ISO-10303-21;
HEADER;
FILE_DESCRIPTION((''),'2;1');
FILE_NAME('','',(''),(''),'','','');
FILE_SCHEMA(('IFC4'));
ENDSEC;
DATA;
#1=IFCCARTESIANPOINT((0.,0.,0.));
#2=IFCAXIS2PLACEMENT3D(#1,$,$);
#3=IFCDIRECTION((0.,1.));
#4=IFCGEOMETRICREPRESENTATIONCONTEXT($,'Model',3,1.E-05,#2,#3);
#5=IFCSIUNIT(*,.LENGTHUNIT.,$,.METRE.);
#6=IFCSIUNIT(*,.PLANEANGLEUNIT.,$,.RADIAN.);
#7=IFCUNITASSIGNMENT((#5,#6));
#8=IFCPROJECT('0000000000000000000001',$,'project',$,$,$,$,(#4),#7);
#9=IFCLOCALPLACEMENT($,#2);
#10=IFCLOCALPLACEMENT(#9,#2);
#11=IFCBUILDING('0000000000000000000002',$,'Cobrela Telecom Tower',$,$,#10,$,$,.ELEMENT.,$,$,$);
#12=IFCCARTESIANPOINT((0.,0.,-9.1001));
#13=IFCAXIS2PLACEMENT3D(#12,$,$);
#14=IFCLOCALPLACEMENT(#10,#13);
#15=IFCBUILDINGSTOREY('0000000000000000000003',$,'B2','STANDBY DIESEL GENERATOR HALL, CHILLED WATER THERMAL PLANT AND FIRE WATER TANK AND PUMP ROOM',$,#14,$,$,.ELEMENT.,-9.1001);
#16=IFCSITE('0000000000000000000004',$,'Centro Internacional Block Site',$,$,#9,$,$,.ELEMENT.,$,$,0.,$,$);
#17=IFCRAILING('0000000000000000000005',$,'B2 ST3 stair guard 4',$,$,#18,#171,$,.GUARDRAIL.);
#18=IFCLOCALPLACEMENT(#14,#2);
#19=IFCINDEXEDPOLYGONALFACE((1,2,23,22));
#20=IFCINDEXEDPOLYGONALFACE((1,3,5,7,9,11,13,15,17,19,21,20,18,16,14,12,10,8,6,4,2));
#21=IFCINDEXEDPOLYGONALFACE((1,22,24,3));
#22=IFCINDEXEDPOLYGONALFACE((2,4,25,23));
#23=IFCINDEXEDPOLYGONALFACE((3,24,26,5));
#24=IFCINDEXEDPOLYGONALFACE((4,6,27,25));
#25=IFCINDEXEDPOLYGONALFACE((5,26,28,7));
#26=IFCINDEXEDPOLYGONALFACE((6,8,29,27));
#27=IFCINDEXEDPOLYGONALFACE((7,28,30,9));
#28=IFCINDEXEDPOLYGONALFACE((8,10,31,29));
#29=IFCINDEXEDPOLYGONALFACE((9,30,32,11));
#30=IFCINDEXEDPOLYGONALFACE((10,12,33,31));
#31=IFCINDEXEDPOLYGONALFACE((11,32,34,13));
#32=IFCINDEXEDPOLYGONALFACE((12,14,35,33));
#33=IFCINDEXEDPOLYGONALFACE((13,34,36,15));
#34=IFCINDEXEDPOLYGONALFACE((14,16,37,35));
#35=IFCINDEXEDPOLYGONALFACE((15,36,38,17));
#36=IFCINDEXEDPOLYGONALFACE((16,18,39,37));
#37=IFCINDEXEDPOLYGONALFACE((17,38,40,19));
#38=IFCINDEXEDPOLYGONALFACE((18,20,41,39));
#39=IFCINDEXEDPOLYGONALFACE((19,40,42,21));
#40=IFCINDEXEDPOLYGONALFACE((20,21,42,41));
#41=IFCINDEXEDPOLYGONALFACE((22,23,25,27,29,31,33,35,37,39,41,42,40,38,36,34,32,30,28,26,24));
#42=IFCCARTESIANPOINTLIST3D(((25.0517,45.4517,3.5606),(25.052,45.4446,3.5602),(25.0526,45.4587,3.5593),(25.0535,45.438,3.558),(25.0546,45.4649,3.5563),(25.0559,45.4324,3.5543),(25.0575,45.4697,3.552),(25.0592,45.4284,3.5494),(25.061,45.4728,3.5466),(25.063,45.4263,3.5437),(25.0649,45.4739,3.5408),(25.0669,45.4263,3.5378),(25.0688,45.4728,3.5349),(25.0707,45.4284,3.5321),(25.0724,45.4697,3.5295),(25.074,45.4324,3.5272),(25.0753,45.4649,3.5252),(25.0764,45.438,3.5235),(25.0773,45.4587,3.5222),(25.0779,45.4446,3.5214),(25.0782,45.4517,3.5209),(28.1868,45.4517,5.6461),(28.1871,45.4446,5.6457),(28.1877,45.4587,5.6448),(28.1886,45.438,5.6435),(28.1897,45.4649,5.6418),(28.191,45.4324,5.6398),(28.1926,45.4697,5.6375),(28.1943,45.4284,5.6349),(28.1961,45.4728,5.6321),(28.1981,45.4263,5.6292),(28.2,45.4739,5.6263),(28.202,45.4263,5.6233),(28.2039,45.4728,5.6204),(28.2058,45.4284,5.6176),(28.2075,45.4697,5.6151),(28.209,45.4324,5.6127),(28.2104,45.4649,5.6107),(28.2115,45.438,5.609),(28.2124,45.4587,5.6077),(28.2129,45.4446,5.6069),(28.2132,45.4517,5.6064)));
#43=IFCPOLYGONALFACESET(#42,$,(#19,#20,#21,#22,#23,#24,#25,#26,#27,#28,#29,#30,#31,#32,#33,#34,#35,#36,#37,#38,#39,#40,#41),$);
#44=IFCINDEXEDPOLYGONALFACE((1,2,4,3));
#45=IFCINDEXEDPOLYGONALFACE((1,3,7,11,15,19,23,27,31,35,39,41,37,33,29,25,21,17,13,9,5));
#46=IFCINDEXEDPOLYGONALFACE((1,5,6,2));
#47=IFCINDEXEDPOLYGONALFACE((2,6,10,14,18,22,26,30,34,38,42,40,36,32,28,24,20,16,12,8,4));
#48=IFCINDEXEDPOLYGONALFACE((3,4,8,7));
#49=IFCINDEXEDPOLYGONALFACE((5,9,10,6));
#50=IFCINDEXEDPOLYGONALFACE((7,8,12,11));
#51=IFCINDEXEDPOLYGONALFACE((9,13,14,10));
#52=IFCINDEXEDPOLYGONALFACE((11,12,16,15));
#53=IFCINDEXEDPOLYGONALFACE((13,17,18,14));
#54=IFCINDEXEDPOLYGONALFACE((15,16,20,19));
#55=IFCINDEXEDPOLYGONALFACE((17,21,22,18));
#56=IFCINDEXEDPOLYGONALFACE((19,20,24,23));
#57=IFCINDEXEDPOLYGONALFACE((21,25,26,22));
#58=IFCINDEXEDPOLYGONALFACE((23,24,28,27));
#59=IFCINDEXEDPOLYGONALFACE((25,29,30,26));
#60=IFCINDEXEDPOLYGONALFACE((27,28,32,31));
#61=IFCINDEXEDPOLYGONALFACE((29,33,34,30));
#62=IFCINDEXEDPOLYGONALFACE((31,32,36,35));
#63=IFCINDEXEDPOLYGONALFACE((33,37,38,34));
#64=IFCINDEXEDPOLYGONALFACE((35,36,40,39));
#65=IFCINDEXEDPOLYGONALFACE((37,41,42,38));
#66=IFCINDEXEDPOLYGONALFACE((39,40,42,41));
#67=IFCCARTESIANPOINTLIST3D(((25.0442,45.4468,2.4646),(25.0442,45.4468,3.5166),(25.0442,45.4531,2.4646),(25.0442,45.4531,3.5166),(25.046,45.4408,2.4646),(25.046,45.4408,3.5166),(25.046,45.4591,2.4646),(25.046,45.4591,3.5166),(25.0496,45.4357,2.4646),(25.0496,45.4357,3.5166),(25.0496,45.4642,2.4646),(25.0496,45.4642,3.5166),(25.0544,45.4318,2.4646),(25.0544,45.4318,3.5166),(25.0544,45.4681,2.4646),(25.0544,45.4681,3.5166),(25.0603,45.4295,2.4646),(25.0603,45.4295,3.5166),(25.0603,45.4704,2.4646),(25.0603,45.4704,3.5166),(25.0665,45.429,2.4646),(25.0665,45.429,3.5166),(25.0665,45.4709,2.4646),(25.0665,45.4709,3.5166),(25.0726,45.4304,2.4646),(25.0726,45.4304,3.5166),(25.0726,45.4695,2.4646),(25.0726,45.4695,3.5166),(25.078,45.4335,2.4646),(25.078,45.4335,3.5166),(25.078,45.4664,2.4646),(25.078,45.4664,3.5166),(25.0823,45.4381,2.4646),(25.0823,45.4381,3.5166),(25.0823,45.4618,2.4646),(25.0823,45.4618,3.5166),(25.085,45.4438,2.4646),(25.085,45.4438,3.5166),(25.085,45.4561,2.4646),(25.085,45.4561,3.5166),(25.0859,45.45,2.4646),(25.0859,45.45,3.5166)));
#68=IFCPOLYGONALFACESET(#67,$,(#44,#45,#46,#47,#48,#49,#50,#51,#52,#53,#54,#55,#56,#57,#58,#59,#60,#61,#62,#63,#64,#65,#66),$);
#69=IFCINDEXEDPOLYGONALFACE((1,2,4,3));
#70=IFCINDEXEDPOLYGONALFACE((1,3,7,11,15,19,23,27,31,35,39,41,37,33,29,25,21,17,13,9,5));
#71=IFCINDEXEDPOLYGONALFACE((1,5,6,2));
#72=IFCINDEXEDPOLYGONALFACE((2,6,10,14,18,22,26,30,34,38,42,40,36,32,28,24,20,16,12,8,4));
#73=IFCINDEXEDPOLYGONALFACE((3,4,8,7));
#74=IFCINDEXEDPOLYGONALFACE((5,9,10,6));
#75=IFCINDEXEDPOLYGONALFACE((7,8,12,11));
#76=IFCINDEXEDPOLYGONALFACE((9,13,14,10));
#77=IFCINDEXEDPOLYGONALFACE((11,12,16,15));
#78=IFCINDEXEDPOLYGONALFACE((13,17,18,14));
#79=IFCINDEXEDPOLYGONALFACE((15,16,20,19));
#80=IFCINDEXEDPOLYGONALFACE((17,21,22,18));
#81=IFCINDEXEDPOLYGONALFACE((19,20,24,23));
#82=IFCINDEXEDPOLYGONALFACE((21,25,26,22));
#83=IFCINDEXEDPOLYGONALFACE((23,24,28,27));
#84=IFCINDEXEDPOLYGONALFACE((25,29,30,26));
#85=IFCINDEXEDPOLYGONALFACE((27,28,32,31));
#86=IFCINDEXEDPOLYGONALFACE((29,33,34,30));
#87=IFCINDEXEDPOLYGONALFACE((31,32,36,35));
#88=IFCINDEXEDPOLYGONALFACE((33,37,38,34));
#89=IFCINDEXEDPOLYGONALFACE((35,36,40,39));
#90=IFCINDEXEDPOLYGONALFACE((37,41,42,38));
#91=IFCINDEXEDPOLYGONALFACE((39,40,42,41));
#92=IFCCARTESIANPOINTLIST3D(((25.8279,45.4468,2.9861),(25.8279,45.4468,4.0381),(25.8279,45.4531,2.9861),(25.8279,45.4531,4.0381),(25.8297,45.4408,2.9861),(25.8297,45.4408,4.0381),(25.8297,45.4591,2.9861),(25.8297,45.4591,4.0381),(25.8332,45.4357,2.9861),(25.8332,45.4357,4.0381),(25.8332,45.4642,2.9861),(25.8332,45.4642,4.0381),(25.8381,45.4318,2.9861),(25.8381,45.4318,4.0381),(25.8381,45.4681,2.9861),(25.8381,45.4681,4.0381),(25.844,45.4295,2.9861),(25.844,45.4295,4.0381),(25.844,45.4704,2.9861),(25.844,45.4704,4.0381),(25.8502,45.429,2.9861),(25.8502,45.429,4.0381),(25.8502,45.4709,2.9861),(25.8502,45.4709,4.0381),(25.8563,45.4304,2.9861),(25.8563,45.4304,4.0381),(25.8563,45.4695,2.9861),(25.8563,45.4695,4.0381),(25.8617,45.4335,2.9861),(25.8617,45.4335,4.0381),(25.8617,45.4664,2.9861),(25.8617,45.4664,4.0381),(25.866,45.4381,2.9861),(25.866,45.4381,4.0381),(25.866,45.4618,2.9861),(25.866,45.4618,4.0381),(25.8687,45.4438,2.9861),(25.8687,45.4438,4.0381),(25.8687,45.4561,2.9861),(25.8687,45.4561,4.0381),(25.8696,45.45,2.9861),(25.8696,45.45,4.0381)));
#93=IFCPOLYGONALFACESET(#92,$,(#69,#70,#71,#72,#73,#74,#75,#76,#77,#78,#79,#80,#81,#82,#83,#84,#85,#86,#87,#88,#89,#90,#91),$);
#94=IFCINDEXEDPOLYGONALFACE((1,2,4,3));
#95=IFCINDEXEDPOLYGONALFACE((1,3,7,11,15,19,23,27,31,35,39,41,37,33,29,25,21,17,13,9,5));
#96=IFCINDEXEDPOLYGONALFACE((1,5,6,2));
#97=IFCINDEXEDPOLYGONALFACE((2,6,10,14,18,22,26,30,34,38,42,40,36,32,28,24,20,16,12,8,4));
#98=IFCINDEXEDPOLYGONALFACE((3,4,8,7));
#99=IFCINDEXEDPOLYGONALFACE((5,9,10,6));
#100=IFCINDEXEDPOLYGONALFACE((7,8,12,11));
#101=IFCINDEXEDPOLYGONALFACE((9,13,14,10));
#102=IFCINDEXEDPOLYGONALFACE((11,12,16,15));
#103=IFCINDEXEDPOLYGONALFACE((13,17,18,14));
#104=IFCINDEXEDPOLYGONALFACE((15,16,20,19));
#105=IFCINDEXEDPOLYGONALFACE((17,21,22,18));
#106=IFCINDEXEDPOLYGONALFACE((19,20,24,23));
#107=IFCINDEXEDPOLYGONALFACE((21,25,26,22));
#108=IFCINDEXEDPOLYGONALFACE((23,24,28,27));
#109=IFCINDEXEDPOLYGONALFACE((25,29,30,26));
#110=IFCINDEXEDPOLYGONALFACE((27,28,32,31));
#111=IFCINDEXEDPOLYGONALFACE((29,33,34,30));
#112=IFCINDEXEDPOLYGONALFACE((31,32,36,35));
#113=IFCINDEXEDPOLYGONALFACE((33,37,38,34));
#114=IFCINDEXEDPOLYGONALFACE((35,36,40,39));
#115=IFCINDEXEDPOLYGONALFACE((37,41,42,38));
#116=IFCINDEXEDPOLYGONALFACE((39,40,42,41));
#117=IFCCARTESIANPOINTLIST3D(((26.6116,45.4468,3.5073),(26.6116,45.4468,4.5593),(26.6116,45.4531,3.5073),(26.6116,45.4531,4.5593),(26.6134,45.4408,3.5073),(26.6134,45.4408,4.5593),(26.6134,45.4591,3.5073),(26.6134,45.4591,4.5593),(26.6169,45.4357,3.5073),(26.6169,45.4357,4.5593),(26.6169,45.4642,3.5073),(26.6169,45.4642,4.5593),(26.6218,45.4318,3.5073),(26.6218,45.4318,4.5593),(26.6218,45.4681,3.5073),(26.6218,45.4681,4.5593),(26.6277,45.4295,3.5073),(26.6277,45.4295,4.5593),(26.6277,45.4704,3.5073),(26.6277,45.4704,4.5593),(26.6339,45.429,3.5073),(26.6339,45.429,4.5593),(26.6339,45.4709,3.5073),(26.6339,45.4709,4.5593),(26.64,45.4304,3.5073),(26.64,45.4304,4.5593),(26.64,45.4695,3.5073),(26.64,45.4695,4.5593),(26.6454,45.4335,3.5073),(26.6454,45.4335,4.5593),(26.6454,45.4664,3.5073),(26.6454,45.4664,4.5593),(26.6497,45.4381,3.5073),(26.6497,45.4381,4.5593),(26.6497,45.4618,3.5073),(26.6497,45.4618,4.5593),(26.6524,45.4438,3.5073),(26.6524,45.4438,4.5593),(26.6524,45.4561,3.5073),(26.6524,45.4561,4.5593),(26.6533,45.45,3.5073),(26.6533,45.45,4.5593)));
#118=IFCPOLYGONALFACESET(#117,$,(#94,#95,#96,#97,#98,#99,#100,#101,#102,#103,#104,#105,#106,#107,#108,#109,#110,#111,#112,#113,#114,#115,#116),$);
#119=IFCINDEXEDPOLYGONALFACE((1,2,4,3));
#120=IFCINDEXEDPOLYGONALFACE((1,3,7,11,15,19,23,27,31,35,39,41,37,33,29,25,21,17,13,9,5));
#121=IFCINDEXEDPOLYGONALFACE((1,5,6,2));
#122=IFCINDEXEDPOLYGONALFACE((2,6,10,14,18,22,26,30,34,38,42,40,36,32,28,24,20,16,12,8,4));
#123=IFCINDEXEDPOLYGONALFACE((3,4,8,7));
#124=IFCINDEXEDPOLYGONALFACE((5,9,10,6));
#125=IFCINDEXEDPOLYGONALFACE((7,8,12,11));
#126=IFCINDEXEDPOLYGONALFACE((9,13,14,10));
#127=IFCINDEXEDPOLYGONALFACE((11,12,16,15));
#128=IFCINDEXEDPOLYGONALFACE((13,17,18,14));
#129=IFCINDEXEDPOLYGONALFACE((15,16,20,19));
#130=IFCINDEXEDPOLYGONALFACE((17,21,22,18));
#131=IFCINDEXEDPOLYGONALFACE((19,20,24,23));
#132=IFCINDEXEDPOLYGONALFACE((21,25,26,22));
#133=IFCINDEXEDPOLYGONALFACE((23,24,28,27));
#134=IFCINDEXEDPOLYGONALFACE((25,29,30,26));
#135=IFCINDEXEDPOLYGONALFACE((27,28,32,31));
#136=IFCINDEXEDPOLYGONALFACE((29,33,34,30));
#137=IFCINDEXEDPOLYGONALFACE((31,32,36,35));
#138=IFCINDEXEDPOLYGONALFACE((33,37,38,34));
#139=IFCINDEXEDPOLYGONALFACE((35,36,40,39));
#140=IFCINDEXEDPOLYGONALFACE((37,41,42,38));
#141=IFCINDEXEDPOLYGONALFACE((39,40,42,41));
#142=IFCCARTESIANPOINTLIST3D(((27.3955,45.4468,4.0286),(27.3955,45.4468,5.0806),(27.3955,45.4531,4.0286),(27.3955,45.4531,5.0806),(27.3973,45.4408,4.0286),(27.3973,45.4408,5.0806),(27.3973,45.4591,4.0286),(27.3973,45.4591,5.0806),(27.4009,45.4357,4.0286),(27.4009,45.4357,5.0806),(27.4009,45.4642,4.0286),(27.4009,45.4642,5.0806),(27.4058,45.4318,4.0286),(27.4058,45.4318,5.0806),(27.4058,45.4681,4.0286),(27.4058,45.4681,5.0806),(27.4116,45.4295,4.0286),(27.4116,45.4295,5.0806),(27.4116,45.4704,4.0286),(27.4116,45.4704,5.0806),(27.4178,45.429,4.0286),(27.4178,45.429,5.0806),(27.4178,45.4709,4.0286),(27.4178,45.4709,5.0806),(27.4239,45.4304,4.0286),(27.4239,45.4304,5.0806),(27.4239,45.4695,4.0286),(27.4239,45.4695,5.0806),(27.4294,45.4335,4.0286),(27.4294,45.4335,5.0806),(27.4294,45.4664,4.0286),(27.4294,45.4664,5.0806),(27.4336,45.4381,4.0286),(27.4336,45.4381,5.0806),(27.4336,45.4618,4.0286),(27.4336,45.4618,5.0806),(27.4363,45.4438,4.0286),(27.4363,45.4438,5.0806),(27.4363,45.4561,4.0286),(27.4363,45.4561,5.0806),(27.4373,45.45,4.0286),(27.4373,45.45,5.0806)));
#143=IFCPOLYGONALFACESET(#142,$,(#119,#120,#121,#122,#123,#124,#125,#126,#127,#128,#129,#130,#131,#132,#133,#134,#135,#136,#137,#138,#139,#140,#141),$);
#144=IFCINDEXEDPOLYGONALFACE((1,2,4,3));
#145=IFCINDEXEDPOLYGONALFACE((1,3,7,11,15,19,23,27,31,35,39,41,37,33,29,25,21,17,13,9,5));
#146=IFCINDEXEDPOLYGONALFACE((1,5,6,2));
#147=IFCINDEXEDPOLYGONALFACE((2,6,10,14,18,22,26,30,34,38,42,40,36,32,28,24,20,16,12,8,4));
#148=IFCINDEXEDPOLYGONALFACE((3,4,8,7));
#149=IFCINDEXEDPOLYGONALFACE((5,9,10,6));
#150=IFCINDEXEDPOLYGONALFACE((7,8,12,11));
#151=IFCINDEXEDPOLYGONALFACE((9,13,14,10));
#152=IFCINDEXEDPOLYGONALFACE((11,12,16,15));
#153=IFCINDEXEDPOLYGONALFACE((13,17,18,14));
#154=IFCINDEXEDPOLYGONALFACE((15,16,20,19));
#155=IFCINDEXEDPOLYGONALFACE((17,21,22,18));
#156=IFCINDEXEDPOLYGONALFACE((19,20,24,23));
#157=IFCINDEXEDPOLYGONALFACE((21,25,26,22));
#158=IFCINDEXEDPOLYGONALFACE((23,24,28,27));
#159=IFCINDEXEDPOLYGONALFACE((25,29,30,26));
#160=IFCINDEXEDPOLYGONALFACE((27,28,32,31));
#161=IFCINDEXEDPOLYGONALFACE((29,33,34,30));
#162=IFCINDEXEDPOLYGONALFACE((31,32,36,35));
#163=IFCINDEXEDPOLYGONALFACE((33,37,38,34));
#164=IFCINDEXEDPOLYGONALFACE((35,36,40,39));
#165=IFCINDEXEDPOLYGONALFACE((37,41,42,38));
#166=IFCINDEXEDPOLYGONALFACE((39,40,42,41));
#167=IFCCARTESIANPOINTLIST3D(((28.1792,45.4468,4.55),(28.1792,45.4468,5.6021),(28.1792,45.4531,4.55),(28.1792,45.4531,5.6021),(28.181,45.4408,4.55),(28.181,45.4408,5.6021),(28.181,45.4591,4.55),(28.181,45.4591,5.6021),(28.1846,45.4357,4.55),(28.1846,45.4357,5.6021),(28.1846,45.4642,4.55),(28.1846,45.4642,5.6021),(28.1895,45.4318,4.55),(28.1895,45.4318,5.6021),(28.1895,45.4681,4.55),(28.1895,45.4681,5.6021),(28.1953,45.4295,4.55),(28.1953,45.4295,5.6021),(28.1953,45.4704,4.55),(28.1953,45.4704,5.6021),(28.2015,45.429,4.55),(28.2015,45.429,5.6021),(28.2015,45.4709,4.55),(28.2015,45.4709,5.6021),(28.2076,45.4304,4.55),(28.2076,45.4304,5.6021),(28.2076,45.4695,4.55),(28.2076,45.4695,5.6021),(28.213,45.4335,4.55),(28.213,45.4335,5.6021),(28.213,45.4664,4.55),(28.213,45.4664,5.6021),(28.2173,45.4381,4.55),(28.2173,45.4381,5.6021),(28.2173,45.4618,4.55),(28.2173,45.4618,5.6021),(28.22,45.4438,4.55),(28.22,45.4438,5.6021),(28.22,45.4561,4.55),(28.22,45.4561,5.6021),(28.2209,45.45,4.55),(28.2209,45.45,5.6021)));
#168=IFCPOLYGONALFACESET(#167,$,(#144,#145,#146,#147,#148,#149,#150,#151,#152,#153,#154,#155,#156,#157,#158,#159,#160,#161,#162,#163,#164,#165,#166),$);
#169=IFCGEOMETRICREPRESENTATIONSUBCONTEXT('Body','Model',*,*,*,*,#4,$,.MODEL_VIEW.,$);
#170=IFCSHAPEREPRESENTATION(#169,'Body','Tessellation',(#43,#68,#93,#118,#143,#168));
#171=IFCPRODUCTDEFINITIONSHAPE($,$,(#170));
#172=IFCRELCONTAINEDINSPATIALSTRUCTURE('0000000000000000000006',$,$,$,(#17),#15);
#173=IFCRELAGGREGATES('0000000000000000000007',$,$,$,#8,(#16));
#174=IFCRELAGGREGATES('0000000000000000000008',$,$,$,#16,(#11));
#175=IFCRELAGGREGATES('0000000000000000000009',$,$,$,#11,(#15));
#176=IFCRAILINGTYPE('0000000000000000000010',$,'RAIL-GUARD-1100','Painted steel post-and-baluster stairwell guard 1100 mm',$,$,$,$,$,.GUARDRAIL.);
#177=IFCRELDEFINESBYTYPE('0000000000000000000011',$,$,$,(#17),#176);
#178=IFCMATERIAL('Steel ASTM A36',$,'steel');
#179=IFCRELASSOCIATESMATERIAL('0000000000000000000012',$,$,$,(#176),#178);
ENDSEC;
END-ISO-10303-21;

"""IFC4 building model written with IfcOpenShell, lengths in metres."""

from ifc_helpers import new_model, si_unit, direction, frame, origin, origin_2d, place, context, subcontext, project, spatial, circle, extrude, material, type_object, element, save


model = new_model("IFC4")

# Units and contexts
model_context = context("Model", 3, precision=1e-05, world=origin(), true_north=direction((0.0, 1.0)))
body_context = subcontext(model_context, "Body", "Model", "MODEL_VIEW")
ifc_project = project(units=[si_unit("LENGTHUNIT", "METRE"), si_unit("PLANEANGLEUNIT", "RADIAN")], contexts=[model_context])

# Site, building, storey
site_placement = place(None, origin())
site = spatial("IfcSite", under=ifc_project, at=site_placement, Name="Centro Internacional Block Site", CompositionType="ELEMENT", RefElevation=0.0)
building_placement = place(site_placement, origin())
building = spatial("IfcBuilding", under=site, at=building_placement, Name="Cobrela Telecom Tower", CompositionType="ELEMENT")
storey_placement = place(building_placement, frame((0.0, 0.0, -9.1001)))
storey = spatial("IfcBuildingStorey", under=building, at=storey_placement, Name="B2", Description="STANDBY DIESEL GENERATOR HALL, CHILLED WATER THERMAL PLANT AND FIRE WATER TANK AND PUMP ROOM", CompositionType="ELEMENT", Elevation=-9.1001)

# Shared definitions
ifc_material_1 = material(Name="Steel ASTM A36", Category="steel")

# Railing
railing_type_1 = type_object("IfcRailingType", Name="RAIL-GUARD-1100", Description="Painted steel post-and-baluster stairwell guard 1100 mm", PredefinedType="GUARDRAIL", material=ifc_material_1)
railing_1_placement = place(storey_placement, frame((25.0649, 45.45, 2.4646)))
element("IfcRailing", 1, at=railing_1_placement, inside=storey, type_object=railing_type_1, Name="B2 ST3 stair guard 4", PredefinedType="GUARDRAIL", context=body_context, shape_type="SweptSolid", body=[
    extrude(circle(Radius=0.0239, at=origin_2d()), frame((0.0, 0.0, 1.0762), z_axis=(0.832608, 0.0, 0.553862), x_axis=(0.0, 1.0, 0.0)), (0.0, 0.0, 1.0), 3.7654),
    extrude(circle(Radius=0.021, at=origin_2d()), origin(), (0.0, 0.0, 1.0), 1.052),
    extrude(circle(Radius=0.021, at=origin_2d()), frame((0.7837, 0.0, 0.5215)), (0.0, 0.0, 1.0), 1.052),
    extrude(circle(Radius=0.021, at=origin_2d()), frame((1.5674, 0.0, 1.0427)), (0.0, 0.0, 1.0), 1.052),
    extrude(circle(Radius=0.021, at=origin_2d()), frame((2.3513, 0.0, 1.564)), (0.0, 0.0, 1.0), 1.052),
    extrude(circle(Radius=0.021, at=origin_2d()), frame((3.135, 0.0, 2.0854)), (0.0, 0.0, 1.0), 1.052),
])

save(model, "model.ifc")
